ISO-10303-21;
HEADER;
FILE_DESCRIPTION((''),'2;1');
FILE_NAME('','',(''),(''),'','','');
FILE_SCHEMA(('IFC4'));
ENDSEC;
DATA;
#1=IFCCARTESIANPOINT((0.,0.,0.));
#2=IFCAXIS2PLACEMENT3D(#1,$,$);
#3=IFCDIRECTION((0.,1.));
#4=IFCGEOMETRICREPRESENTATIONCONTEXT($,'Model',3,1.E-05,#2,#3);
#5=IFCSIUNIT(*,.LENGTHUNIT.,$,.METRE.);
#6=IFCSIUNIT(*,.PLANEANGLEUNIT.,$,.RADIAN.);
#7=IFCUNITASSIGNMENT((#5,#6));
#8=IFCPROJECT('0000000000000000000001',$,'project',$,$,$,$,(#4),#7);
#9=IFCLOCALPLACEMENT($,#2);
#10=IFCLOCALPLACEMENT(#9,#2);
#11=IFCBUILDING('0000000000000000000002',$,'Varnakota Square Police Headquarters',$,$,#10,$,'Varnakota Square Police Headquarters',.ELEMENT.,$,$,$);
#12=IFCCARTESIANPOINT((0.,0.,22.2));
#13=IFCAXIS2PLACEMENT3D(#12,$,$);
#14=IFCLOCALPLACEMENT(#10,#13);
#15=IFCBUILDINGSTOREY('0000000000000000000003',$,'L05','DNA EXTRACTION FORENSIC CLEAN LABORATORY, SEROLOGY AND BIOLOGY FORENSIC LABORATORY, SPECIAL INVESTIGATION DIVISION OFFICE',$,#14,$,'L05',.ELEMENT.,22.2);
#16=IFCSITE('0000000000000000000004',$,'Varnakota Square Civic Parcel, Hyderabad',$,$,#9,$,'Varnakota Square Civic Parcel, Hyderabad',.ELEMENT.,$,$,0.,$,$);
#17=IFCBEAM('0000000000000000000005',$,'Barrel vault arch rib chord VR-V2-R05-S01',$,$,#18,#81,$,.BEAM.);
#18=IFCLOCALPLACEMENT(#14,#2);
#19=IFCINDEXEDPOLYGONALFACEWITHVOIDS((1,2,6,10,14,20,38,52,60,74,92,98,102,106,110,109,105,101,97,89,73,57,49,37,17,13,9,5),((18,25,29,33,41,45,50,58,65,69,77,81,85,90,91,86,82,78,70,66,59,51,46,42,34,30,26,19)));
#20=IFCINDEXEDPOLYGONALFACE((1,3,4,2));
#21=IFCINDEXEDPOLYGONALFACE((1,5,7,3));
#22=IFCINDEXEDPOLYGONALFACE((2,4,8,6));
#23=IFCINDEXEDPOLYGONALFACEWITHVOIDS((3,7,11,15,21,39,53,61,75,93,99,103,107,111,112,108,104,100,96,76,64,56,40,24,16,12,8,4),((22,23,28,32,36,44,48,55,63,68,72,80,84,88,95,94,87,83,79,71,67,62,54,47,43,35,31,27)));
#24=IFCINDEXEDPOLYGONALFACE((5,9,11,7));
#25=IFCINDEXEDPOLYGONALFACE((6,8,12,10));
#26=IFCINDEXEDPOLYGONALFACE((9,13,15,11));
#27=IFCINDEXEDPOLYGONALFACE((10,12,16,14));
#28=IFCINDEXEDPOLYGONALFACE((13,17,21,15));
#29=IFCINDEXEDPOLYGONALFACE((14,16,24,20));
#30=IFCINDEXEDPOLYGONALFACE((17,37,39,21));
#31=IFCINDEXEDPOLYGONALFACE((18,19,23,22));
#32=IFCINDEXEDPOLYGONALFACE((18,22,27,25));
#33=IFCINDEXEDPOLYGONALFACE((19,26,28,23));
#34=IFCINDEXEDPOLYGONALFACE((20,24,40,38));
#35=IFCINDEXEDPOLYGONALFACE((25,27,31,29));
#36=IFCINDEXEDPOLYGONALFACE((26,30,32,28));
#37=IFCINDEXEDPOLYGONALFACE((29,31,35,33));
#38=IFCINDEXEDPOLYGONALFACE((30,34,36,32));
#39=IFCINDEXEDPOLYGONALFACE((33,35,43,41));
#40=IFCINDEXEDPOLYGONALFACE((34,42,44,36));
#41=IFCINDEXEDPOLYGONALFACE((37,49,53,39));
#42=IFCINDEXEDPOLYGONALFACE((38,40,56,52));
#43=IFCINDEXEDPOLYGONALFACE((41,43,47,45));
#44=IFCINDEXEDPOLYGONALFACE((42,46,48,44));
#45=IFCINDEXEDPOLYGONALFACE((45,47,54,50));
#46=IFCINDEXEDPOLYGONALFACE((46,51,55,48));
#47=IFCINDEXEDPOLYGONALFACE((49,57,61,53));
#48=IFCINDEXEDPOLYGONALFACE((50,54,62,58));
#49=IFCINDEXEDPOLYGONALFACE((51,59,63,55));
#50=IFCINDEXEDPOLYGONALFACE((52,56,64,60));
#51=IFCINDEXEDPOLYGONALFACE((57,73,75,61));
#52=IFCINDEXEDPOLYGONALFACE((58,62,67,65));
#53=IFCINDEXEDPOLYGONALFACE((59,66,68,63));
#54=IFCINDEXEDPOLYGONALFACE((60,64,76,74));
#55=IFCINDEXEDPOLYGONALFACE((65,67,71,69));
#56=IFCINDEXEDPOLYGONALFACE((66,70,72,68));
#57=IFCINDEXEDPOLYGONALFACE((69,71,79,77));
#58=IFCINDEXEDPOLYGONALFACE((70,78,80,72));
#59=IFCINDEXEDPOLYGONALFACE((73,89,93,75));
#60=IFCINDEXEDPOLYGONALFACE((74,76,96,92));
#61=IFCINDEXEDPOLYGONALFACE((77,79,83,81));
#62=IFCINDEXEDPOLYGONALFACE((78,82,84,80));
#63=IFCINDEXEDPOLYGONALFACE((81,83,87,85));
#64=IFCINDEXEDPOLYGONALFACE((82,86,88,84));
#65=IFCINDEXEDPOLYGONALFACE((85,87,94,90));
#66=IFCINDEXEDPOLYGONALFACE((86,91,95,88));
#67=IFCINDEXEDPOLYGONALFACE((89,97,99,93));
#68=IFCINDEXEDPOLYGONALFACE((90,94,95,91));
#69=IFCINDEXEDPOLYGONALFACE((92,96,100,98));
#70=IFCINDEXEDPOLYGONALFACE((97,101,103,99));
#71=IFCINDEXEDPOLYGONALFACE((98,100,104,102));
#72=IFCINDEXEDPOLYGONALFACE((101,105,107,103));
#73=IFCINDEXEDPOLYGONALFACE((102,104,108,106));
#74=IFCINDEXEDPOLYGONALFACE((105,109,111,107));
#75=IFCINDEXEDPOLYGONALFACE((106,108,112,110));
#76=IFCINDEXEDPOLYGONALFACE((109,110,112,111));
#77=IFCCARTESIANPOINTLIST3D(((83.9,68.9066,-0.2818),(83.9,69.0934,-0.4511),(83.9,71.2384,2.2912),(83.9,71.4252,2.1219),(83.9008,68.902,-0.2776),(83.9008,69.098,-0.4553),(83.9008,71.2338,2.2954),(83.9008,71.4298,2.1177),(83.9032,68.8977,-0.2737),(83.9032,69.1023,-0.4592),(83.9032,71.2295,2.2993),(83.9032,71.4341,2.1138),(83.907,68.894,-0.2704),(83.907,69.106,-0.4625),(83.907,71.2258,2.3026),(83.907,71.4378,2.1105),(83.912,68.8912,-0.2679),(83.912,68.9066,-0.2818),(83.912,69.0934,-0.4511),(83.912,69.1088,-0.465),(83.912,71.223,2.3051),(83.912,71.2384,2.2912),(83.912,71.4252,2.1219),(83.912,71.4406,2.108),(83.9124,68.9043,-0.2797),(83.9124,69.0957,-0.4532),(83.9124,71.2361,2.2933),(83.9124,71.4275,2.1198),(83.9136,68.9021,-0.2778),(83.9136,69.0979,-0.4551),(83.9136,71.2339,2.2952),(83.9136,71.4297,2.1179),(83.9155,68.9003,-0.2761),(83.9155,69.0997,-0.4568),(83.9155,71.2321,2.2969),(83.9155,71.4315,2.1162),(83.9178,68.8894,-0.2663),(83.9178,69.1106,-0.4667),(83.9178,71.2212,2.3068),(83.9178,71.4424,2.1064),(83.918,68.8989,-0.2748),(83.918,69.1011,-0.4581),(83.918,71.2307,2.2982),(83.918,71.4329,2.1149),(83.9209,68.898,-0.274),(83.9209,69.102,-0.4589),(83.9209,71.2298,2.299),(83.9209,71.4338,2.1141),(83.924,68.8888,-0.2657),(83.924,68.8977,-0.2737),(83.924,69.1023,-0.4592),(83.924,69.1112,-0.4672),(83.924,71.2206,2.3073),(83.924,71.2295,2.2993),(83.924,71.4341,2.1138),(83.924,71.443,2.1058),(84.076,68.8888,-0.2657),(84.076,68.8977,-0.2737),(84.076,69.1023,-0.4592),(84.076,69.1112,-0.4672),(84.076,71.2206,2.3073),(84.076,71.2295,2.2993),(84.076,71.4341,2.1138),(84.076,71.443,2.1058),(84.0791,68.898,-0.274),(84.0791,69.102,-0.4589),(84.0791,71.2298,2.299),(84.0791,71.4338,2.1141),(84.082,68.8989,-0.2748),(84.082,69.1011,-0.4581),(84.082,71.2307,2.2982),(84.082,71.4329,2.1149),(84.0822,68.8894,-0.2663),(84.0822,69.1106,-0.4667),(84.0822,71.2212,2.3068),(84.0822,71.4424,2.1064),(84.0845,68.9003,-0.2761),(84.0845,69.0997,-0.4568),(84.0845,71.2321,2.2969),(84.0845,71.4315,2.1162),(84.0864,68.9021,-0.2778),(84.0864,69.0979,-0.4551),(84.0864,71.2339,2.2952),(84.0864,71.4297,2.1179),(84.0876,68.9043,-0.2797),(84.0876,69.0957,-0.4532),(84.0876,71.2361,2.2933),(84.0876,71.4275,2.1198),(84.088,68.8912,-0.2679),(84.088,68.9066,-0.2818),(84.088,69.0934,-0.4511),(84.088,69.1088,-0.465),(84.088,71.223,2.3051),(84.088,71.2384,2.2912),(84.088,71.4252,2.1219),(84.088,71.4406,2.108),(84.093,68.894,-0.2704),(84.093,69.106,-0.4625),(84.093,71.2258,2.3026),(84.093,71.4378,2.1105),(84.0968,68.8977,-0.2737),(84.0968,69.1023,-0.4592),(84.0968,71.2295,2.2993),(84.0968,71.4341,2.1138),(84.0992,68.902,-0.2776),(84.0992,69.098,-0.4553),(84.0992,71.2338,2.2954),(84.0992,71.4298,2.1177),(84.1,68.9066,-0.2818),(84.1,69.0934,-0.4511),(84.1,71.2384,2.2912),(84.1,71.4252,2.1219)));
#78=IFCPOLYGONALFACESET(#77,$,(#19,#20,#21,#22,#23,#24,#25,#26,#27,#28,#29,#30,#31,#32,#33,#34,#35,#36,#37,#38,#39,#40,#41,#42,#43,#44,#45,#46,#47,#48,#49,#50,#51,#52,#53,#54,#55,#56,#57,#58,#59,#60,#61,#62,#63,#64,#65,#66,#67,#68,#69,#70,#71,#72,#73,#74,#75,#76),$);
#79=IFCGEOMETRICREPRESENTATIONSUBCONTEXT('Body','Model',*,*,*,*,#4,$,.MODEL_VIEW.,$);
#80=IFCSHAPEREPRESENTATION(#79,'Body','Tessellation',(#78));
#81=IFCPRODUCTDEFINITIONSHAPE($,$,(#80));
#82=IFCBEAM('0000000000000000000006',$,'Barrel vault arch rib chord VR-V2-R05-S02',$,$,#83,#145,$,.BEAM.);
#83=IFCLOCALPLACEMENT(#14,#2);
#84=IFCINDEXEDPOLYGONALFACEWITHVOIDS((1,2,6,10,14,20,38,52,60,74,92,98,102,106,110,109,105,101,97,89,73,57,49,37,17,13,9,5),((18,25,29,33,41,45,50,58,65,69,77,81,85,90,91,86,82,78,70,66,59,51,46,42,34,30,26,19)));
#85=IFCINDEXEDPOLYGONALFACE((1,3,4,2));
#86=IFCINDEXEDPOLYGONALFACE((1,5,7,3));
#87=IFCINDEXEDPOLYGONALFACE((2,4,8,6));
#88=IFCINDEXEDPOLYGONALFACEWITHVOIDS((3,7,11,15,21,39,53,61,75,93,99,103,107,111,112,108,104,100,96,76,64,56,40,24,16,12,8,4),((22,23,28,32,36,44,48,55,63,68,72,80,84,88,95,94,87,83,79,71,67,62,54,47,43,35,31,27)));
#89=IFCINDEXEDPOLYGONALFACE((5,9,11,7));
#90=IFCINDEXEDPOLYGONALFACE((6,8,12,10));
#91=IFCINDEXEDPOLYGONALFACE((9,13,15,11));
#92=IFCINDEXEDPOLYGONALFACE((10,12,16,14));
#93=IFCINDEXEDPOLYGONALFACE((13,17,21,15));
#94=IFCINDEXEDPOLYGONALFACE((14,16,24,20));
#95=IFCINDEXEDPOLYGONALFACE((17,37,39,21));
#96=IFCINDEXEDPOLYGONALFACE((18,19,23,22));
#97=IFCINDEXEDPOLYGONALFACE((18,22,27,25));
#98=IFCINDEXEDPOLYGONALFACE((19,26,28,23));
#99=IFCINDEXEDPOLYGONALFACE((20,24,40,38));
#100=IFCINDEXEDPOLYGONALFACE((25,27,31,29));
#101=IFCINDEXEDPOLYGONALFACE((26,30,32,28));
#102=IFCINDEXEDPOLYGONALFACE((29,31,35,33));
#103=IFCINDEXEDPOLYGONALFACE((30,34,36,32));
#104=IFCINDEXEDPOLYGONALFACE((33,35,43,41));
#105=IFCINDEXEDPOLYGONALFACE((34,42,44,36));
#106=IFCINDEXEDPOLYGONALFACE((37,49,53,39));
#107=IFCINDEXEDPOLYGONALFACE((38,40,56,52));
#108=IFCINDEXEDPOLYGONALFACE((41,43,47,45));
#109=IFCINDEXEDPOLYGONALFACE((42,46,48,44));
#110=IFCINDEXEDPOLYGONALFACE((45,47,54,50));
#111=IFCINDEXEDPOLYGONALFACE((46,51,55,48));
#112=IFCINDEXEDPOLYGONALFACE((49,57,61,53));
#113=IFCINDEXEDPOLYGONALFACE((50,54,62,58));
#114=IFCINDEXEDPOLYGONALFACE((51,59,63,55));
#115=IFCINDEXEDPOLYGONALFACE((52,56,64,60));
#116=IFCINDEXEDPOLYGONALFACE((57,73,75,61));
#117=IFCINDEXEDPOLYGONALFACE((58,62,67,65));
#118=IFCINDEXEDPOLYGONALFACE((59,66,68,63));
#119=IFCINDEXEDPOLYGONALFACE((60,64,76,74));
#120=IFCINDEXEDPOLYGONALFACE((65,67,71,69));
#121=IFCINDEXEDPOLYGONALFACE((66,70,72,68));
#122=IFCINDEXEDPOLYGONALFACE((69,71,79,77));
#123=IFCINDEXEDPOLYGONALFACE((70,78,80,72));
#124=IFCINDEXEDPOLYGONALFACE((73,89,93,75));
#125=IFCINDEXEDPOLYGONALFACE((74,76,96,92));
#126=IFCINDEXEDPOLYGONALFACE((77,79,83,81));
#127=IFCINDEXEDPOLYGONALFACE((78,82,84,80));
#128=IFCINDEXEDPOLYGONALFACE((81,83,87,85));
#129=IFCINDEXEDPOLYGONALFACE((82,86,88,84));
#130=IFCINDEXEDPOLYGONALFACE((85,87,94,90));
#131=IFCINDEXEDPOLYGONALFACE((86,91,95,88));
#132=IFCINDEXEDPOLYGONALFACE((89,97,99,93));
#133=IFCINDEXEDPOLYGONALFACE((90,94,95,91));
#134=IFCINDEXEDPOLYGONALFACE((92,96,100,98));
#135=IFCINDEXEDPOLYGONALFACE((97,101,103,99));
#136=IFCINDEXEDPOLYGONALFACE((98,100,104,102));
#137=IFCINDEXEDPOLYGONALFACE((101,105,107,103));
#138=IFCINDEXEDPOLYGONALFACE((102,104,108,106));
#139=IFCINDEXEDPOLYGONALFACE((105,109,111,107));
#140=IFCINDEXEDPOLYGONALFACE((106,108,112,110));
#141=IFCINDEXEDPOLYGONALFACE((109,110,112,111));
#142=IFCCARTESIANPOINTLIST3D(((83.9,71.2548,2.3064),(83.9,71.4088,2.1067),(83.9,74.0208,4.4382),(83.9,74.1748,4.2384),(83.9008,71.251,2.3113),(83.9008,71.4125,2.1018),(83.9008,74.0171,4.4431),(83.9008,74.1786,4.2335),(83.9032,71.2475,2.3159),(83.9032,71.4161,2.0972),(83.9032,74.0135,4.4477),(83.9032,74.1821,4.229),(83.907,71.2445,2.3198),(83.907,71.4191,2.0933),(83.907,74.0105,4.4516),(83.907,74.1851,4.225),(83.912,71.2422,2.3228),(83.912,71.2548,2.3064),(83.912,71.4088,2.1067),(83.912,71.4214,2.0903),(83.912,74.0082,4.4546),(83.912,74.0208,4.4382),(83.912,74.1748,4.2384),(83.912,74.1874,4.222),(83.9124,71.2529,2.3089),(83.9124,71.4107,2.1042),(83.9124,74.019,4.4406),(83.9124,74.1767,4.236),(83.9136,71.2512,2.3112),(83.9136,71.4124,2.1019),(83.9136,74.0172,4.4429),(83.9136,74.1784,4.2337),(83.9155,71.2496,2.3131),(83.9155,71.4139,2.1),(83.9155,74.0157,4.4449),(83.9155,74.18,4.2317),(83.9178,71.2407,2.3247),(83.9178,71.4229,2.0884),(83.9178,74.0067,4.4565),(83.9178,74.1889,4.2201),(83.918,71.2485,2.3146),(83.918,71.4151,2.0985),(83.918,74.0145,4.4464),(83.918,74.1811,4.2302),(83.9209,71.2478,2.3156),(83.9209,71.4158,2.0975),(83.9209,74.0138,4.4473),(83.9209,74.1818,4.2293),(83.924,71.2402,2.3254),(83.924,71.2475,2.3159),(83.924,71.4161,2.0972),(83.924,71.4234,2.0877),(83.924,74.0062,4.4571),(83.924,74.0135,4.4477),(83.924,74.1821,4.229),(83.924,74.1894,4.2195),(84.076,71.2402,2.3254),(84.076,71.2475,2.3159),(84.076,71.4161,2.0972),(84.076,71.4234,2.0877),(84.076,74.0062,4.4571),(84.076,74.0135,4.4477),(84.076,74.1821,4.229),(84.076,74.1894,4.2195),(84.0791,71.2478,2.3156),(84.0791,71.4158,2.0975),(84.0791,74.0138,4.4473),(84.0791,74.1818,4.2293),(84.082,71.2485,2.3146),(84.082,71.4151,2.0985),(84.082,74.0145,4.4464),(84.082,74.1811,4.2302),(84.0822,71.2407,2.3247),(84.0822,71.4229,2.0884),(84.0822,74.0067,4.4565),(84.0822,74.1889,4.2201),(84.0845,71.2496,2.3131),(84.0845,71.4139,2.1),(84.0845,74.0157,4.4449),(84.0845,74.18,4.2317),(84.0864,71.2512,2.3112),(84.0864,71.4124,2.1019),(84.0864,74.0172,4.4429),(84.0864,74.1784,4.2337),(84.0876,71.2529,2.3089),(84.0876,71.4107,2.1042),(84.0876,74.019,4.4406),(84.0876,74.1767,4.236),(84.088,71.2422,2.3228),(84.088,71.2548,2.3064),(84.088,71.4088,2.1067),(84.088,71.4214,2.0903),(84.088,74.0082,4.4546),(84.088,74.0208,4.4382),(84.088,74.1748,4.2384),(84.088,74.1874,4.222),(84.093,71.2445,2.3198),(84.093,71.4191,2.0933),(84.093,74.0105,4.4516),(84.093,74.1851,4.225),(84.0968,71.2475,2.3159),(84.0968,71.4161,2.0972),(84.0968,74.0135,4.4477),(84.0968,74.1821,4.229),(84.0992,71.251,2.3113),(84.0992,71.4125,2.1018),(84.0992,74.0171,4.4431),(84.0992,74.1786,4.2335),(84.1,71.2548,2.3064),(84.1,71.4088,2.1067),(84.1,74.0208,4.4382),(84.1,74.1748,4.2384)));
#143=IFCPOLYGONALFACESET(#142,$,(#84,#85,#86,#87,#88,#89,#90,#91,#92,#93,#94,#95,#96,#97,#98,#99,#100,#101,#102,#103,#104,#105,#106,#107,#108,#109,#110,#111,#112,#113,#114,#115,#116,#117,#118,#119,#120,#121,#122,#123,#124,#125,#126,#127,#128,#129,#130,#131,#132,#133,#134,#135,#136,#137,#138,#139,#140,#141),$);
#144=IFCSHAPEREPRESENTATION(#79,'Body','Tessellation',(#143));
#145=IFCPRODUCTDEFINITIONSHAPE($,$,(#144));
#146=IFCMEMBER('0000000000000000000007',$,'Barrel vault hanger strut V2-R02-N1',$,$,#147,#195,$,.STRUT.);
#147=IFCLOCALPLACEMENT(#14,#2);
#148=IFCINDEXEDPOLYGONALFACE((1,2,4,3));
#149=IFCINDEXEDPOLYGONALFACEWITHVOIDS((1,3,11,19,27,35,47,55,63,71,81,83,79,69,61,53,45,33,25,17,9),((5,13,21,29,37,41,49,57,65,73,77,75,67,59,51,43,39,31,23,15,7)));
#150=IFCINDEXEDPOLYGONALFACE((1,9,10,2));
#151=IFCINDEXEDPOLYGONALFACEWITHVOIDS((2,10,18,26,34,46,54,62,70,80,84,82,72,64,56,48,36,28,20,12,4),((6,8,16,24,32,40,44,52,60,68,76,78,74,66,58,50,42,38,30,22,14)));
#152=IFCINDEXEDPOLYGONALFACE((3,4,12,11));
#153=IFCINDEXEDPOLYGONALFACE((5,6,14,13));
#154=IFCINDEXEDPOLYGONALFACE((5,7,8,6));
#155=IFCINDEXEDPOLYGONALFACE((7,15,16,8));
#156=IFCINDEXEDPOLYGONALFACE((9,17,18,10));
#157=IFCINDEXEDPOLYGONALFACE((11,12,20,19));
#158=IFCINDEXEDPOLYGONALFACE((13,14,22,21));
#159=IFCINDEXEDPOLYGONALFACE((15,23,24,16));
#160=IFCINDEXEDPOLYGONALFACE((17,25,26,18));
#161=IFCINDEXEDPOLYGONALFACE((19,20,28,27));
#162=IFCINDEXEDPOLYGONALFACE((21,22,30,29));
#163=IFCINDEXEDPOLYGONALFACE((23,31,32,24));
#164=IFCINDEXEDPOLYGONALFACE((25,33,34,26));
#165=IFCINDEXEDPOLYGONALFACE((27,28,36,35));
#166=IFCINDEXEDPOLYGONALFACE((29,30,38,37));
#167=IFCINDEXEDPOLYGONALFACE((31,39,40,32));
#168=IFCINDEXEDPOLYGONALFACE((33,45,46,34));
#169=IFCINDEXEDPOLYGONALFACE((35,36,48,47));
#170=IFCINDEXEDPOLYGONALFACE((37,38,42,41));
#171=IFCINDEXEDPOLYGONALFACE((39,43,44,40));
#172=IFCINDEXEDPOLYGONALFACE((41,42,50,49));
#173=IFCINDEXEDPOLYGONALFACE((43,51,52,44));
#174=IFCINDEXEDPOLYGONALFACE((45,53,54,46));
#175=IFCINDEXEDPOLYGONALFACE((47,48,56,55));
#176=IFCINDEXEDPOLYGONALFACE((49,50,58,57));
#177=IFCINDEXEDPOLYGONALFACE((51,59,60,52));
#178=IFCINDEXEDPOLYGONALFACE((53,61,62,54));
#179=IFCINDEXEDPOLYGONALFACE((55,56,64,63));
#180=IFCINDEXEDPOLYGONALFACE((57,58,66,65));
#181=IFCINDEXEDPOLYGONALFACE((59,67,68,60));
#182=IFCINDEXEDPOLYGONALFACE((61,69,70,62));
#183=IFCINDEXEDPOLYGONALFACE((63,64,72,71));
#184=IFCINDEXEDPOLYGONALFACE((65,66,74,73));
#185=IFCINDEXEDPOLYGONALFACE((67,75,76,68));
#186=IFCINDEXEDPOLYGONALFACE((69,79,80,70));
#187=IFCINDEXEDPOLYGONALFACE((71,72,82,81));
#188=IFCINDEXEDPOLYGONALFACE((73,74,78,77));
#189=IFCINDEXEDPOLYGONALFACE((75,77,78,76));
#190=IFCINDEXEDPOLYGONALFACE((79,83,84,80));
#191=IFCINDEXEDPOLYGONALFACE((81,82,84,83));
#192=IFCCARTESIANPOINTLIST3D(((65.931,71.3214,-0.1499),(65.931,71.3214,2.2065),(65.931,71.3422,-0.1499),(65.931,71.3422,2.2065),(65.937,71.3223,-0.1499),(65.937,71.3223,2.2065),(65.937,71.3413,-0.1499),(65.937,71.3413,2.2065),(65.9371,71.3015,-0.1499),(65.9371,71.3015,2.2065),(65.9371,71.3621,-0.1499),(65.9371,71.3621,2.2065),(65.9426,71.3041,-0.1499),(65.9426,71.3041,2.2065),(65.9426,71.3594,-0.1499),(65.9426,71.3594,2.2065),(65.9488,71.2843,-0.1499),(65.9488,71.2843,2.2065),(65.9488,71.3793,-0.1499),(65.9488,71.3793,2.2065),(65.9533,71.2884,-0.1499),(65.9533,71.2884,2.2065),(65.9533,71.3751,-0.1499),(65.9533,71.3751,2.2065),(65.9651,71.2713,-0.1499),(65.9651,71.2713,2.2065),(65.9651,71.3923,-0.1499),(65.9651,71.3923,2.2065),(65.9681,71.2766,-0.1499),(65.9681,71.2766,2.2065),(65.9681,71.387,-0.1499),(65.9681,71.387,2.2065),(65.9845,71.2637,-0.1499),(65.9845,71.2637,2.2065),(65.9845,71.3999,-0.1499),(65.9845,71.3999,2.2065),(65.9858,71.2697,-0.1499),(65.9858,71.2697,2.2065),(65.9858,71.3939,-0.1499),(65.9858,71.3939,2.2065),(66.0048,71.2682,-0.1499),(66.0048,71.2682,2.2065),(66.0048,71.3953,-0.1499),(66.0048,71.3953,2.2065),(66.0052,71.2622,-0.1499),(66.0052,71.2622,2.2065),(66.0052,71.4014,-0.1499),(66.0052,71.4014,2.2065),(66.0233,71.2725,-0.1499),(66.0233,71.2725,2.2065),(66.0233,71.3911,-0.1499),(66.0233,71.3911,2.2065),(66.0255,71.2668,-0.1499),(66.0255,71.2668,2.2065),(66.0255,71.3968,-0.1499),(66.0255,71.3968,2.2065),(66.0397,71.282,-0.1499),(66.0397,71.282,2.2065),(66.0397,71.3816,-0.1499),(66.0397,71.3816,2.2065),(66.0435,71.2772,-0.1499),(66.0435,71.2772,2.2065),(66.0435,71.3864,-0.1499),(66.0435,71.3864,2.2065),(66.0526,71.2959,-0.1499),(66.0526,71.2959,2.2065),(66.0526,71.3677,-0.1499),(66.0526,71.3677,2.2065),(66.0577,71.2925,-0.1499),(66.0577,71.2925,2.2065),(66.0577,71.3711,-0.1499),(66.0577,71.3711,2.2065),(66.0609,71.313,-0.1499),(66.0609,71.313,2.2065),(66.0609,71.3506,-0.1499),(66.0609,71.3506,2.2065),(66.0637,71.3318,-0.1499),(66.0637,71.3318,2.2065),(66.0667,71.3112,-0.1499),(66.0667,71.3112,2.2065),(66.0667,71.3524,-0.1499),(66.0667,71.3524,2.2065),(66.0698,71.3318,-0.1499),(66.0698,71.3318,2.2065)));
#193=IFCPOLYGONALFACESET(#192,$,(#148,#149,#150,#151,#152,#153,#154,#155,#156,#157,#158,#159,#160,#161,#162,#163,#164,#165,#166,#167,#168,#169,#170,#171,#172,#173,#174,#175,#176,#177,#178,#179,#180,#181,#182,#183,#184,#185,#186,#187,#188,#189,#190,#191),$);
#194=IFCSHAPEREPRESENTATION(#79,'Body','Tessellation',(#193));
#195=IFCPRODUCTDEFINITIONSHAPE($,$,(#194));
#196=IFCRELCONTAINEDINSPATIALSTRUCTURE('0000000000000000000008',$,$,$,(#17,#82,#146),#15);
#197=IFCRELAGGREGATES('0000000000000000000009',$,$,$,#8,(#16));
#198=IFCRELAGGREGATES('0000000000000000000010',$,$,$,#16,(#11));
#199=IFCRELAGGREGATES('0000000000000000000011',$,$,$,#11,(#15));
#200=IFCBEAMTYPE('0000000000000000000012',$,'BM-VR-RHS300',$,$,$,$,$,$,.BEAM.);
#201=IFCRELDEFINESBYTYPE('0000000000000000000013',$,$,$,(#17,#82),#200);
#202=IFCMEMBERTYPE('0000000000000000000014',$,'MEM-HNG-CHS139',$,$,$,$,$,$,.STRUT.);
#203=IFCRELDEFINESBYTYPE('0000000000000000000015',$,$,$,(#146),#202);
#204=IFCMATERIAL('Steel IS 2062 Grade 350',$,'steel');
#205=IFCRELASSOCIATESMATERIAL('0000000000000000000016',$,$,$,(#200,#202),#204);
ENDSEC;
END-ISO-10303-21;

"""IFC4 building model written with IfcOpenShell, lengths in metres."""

from ifc_helpers import new_model, si_unit, direction, frame, origin, origin_2d, place, context, subcontext, project, spatial, hollow_rectangle, hollow_circle, extrude, material, material_profile, profile_set, type_object, element, save


model = new_model("IFC4")

# Units and contexts
model_context = context("Model", 3, precision=1e-05, world=origin(), true_north=direction((0.0, 1.0)))
body_context = subcontext(model_context, "Body", "Model", "MODEL_VIEW")
ifc_project = project(units=[si_unit("LENGTHUNIT", "METRE"), si_unit("PLANEANGLEUNIT", "RADIAN")], contexts=[model_context])

# Site, building, storey
site_placement = place(None, origin())
site = spatial("IfcSite", under=ifc_project, at=site_placement, Name="Varnakota Square Civic Parcel, Hyderabad", LongName="Varnakota Square Civic Parcel, Hyderabad", CompositionType="ELEMENT", RefElevation=0.0)
building_placement = place(site_placement, origin())
building = spatial("IfcBuilding", under=site, at=building_placement, Name="Varnakota Square Police Headquarters", LongName="Varnakota Square Police Headquarters", CompositionType="ELEMENT")
storey_placement = place(building_placement, frame((0.0, 0.0, 22.2)))
storey = spatial("IfcBuildingStorey", under=building, at=storey_placement, Name="L05", Description="DNA EXTRACTION FORENSIC CLEAN LABORATORY, SEROLOGY AND BIOLOGY FORENSIC LABORATORY, SPECIAL INVESTIGATION DIVISION OFFICE", LongName="L05", CompositionType="ELEMENT", Elevation=22.2)

# Beams
ifc_material_1 = material(Name="Steel IS 2062 Grade 350", Category="steel")
ifc_material_profile_1 = material_profile(ifc_material_1, hollow_rectangle(XDim=0.2, YDim=0.3, WallThickness=0.012, InnerFilletRadius=0.012, OuterFilletRadius=0.0239, at=origin_2d()), Name="RHS 300x200x12")
ifc_profile_set_1 = profile_set([ifc_material_profile_1], Name="Steel IS 2062 Grade 350")
beam_type_1 = type_object("IfcBeamType", Name="BM-VR-RHS300", PredefinedType="BEAM", material=ifc_profile_set_1)
beam_1_placement = place(storey_placement, frame((84.0, 69.0, -0.3665), z_axis=(0.0, 0.671521, 0.740986), x_axis=(-1.0, 0.0, 0.0)))
element("IfcBeam", 1, at=beam_1_placement, inside=storey, type_object=beam_type_1, Name="Barrel vault arch rib chord VR-V2-R05-S01", PredefinedType="BEAM", context=body_context, shape_type="SweptSolid", body=[
    extrude(hollow_rectangle(XDim=0.2, YDim=0.3, WallThickness=0.012, InnerFilletRadius=0.012, OuterFilletRadius=0.0239, at=origin_2d()), origin(), (0.0, 0.0, 1.0), 3.4724),
])
beam_2_placement = place(storey_placement, frame((84.0, 71.3318, 2.2065), z_axis=(0.0, 0.792062, 0.61044), x_axis=(-1.0, 0.0, 0.0)))
element("IfcBeam", 2, at=beam_2_placement, inside=storey, type_object=beam_type_1, Name="Barrel vault arch rib chord VR-V2-R05-S02", PredefinedType="BEAM", context=body_context, shape_type="SweptSolid", body=[
    extrude(hollow_rectangle(XDim=0.2, YDim=0.3, WallThickness=0.012, InnerFilletRadius=0.012, OuterFilletRadius=0.0239, at=origin_2d()), origin(), (0.0, 0.0, 1.0), 3.4922),
])

# Member
ifc_material_profile_2 = material_profile(ifc_material_1, hollow_circle(Radius=0.0698, WallThickness=0.0061, at=origin_2d()), Name="CHS 139.7x6.0")
ifc_profile_set_2 = profile_set([ifc_material_profile_2], Name="Steel IS 2062 Grade 350")
member_type_1 = type_object("IfcMemberType", Name="MEM-HNG-CHS139", PredefinedType="STRUT", material=ifc_profile_set_2)
member_1_placement = place(storey_placement, frame((66.0, 71.3318, -0.1499), z_axis=(0.0, 0.0, 1.0), x_axis=(1.0, 0.0, 0.0)))
element("IfcMember", 3, at=member_1_placement, inside=storey, type_object=member_type_1, Name="Barrel vault hanger strut V2-R02-N1", PredefinedType="STRUT", context=body_context, shape_type="SweptSolid", body=[
    extrude(hollow_circle(Radius=0.0698, WallThickness=0.0061, at=origin_2d()), origin(), (0.0, 0.0, 1.0), 2.3564),
])

save(model, "model.ifc")
